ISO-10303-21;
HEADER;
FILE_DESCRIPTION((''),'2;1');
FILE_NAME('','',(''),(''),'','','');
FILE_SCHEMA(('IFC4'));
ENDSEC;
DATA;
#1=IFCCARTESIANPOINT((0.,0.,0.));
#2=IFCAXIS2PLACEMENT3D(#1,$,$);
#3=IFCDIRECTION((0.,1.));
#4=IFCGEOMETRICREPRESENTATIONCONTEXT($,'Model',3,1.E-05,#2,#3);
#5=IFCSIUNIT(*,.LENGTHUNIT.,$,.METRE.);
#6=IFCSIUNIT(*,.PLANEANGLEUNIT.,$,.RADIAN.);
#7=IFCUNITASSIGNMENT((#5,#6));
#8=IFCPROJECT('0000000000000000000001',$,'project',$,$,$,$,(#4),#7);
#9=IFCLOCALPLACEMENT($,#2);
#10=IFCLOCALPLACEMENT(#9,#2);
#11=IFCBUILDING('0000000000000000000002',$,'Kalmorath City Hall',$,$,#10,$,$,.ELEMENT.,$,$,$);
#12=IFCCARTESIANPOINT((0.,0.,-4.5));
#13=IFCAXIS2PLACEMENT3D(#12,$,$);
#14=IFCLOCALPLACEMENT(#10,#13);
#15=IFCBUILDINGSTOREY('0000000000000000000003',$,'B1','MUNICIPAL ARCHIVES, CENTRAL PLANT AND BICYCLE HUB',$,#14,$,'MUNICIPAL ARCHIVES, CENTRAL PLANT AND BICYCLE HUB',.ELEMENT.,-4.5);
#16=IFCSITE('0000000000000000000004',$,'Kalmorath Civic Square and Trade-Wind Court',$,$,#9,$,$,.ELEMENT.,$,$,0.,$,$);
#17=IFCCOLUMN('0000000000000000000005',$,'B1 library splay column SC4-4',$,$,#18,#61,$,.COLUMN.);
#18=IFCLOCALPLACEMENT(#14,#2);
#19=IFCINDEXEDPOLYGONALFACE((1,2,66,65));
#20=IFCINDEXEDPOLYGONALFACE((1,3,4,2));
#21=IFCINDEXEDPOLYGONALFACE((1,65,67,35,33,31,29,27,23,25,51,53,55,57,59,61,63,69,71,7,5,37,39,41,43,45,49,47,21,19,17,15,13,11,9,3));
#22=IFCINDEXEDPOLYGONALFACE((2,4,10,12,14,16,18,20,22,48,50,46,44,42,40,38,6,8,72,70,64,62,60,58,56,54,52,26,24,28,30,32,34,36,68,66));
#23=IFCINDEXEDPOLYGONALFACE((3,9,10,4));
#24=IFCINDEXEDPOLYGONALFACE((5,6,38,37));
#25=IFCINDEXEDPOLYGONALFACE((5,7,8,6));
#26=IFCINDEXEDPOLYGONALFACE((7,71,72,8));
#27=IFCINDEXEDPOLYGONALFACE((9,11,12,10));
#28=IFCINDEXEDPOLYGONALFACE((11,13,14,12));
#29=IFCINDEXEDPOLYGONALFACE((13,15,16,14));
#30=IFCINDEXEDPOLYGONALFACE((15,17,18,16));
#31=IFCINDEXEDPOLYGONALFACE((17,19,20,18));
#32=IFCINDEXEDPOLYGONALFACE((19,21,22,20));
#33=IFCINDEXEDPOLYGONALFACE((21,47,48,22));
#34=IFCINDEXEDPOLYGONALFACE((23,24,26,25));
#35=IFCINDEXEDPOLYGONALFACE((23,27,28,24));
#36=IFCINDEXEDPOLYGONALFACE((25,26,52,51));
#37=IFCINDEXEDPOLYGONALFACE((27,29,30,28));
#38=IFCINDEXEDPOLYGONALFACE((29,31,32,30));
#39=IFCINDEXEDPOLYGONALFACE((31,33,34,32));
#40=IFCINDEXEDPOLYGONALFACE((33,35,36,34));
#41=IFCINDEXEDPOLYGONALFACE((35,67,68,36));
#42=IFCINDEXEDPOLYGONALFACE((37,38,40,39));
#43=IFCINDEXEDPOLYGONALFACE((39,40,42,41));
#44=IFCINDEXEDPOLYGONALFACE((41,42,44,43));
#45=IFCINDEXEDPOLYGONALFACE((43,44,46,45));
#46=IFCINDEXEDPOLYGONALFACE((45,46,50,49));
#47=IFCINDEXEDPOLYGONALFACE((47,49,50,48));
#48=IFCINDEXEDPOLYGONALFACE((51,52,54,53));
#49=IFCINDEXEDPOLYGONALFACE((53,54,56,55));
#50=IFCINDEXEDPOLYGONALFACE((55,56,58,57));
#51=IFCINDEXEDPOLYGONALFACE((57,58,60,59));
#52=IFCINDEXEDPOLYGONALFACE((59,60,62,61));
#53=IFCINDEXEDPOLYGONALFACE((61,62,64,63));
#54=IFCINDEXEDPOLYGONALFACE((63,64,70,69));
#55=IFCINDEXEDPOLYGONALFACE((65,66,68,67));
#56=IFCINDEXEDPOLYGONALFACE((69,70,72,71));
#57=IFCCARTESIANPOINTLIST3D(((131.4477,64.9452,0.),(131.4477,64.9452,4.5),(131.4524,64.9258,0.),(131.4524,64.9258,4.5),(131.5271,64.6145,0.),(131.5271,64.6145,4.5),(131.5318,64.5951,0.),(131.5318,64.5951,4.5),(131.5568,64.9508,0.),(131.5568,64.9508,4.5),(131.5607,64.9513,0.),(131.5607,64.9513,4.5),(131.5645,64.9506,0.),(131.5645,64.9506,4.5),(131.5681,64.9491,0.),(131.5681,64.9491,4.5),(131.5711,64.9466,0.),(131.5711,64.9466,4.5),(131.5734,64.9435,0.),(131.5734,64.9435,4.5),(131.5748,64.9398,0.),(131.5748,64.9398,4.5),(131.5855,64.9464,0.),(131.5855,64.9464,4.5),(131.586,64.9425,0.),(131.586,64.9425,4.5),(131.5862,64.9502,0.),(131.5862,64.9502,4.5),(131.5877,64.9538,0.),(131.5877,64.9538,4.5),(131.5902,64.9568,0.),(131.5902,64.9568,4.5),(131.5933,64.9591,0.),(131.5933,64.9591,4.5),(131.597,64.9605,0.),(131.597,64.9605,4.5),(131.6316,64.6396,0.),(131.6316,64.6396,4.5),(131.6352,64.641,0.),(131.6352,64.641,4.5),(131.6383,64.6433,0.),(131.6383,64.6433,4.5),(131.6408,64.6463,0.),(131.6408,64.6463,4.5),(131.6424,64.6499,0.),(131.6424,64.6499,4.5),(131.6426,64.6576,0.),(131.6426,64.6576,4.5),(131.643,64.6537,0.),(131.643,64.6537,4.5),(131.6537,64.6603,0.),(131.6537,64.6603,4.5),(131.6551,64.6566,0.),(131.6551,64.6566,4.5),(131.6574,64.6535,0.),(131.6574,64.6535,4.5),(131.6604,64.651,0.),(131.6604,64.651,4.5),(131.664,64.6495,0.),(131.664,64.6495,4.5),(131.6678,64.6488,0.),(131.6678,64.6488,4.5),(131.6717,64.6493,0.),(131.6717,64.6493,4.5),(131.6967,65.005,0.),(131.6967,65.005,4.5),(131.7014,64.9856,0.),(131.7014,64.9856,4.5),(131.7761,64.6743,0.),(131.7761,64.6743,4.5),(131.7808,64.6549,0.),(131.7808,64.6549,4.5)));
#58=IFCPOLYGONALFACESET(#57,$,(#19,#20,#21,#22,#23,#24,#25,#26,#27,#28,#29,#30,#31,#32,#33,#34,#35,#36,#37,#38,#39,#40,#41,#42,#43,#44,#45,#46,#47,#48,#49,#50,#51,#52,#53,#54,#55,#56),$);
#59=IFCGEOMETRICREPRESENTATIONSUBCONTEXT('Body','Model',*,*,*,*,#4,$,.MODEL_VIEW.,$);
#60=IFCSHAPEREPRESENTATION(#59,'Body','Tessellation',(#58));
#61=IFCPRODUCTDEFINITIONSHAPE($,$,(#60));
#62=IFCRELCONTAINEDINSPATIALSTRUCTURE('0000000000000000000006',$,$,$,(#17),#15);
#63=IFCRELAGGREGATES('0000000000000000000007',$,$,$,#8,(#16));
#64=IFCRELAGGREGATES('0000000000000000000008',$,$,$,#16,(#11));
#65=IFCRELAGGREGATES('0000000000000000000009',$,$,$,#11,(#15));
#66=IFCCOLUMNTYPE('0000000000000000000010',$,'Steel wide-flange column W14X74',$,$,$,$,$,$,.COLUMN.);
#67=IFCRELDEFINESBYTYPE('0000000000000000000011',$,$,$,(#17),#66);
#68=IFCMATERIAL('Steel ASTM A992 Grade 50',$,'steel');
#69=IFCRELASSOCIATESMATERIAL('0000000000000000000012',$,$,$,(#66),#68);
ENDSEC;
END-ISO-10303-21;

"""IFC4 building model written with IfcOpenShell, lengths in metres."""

from ifc_helpers import new_model, si_unit, direction, frame, origin, origin_2d, place, context, subcontext, project, spatial, i_section, extrude, material, material_profile, profile_set, type_object, element, save


model = new_model("IFC4")

# Units and contexts
model_context = context("Model", 3, precision=1e-05, world=origin(), true_north=direction((0.0, 1.0)))
body_context = subcontext(model_context, "Body", "Model", "MODEL_VIEW")
ifc_project = project(units=[si_unit("LENGTHUNIT", "METRE"), si_unit("PLANEANGLEUNIT", "RADIAN")], contexts=[model_context])

# Site, building, storey
site_placement = place(None, origin())
site = spatial("IfcSite", under=ifc_project, at=site_placement, Name="Kalmorath Civic Square and Trade-Wind Court", CompositionType="ELEMENT", RefElevation=0.0)
building_placement = place(site_placement, origin())
building = spatial("IfcBuilding", under=site, at=building_placement, Name="Kalmorath City Hall", CompositionType="ELEMENT")
storey_placement = place(building_placement, frame((0.0, 0.0, -4.5)))
storey = spatial("IfcBuildingStorey", under=building, at=storey_placement, Name="B1", Description="MUNICIPAL ARCHIVES, CENTRAL PLANT AND BICYCLE HUB", LongName="MUNICIPAL ARCHIVES, CENTRAL PLANT AND BICYCLE HUB", CompositionType="ELEMENT", Elevation=-4.5)

# Column
ifc_material_1 = material(Name="Steel ASTM A992 Grade 50", Category="steel")
ifc_material_profile_1 = material_profile(ifc_material_1, i_section(OverallWidth=0.2561, OverallDepth=0.3601, WebThickness=0.0115, FlangeThickness=0.02, FilletRadius=0.0149, at=origin_2d()), Name="W14X74")
ifc_profile_set_1 = profile_set([ifc_material_profile_1], Name="Steel ASTM A992 Grade 50")
column_type_1 = type_object("IfcColumnType", Name="Steel wide-flange column W14X74", PredefinedType="COLUMN", material=ifc_profile_set_1)
column_placement = place(storey_placement, frame((131.6143, 64.8, 0.0), z_axis=(0.0, 0.0, 1.0), x_axis=(0.97237, 0.233445, 0.0)))
element("IfcColumn", 1, at=column_placement, inside=storey, type_object=column_type_1, Name="B1 library splay column SC4-4", PredefinedType="COLUMN", context=body_context, shape_type="SweptSolid", body=[
    extrude(i_section(OverallWidth=0.2561, OverallDepth=0.3601, WebThickness=0.0115, FlangeThickness=0.02, FilletRadius=0.0149, at=origin_2d()), origin(), (0.0, 0.0, 1.0), 4.5),
])

save(model, "model.ifc")
